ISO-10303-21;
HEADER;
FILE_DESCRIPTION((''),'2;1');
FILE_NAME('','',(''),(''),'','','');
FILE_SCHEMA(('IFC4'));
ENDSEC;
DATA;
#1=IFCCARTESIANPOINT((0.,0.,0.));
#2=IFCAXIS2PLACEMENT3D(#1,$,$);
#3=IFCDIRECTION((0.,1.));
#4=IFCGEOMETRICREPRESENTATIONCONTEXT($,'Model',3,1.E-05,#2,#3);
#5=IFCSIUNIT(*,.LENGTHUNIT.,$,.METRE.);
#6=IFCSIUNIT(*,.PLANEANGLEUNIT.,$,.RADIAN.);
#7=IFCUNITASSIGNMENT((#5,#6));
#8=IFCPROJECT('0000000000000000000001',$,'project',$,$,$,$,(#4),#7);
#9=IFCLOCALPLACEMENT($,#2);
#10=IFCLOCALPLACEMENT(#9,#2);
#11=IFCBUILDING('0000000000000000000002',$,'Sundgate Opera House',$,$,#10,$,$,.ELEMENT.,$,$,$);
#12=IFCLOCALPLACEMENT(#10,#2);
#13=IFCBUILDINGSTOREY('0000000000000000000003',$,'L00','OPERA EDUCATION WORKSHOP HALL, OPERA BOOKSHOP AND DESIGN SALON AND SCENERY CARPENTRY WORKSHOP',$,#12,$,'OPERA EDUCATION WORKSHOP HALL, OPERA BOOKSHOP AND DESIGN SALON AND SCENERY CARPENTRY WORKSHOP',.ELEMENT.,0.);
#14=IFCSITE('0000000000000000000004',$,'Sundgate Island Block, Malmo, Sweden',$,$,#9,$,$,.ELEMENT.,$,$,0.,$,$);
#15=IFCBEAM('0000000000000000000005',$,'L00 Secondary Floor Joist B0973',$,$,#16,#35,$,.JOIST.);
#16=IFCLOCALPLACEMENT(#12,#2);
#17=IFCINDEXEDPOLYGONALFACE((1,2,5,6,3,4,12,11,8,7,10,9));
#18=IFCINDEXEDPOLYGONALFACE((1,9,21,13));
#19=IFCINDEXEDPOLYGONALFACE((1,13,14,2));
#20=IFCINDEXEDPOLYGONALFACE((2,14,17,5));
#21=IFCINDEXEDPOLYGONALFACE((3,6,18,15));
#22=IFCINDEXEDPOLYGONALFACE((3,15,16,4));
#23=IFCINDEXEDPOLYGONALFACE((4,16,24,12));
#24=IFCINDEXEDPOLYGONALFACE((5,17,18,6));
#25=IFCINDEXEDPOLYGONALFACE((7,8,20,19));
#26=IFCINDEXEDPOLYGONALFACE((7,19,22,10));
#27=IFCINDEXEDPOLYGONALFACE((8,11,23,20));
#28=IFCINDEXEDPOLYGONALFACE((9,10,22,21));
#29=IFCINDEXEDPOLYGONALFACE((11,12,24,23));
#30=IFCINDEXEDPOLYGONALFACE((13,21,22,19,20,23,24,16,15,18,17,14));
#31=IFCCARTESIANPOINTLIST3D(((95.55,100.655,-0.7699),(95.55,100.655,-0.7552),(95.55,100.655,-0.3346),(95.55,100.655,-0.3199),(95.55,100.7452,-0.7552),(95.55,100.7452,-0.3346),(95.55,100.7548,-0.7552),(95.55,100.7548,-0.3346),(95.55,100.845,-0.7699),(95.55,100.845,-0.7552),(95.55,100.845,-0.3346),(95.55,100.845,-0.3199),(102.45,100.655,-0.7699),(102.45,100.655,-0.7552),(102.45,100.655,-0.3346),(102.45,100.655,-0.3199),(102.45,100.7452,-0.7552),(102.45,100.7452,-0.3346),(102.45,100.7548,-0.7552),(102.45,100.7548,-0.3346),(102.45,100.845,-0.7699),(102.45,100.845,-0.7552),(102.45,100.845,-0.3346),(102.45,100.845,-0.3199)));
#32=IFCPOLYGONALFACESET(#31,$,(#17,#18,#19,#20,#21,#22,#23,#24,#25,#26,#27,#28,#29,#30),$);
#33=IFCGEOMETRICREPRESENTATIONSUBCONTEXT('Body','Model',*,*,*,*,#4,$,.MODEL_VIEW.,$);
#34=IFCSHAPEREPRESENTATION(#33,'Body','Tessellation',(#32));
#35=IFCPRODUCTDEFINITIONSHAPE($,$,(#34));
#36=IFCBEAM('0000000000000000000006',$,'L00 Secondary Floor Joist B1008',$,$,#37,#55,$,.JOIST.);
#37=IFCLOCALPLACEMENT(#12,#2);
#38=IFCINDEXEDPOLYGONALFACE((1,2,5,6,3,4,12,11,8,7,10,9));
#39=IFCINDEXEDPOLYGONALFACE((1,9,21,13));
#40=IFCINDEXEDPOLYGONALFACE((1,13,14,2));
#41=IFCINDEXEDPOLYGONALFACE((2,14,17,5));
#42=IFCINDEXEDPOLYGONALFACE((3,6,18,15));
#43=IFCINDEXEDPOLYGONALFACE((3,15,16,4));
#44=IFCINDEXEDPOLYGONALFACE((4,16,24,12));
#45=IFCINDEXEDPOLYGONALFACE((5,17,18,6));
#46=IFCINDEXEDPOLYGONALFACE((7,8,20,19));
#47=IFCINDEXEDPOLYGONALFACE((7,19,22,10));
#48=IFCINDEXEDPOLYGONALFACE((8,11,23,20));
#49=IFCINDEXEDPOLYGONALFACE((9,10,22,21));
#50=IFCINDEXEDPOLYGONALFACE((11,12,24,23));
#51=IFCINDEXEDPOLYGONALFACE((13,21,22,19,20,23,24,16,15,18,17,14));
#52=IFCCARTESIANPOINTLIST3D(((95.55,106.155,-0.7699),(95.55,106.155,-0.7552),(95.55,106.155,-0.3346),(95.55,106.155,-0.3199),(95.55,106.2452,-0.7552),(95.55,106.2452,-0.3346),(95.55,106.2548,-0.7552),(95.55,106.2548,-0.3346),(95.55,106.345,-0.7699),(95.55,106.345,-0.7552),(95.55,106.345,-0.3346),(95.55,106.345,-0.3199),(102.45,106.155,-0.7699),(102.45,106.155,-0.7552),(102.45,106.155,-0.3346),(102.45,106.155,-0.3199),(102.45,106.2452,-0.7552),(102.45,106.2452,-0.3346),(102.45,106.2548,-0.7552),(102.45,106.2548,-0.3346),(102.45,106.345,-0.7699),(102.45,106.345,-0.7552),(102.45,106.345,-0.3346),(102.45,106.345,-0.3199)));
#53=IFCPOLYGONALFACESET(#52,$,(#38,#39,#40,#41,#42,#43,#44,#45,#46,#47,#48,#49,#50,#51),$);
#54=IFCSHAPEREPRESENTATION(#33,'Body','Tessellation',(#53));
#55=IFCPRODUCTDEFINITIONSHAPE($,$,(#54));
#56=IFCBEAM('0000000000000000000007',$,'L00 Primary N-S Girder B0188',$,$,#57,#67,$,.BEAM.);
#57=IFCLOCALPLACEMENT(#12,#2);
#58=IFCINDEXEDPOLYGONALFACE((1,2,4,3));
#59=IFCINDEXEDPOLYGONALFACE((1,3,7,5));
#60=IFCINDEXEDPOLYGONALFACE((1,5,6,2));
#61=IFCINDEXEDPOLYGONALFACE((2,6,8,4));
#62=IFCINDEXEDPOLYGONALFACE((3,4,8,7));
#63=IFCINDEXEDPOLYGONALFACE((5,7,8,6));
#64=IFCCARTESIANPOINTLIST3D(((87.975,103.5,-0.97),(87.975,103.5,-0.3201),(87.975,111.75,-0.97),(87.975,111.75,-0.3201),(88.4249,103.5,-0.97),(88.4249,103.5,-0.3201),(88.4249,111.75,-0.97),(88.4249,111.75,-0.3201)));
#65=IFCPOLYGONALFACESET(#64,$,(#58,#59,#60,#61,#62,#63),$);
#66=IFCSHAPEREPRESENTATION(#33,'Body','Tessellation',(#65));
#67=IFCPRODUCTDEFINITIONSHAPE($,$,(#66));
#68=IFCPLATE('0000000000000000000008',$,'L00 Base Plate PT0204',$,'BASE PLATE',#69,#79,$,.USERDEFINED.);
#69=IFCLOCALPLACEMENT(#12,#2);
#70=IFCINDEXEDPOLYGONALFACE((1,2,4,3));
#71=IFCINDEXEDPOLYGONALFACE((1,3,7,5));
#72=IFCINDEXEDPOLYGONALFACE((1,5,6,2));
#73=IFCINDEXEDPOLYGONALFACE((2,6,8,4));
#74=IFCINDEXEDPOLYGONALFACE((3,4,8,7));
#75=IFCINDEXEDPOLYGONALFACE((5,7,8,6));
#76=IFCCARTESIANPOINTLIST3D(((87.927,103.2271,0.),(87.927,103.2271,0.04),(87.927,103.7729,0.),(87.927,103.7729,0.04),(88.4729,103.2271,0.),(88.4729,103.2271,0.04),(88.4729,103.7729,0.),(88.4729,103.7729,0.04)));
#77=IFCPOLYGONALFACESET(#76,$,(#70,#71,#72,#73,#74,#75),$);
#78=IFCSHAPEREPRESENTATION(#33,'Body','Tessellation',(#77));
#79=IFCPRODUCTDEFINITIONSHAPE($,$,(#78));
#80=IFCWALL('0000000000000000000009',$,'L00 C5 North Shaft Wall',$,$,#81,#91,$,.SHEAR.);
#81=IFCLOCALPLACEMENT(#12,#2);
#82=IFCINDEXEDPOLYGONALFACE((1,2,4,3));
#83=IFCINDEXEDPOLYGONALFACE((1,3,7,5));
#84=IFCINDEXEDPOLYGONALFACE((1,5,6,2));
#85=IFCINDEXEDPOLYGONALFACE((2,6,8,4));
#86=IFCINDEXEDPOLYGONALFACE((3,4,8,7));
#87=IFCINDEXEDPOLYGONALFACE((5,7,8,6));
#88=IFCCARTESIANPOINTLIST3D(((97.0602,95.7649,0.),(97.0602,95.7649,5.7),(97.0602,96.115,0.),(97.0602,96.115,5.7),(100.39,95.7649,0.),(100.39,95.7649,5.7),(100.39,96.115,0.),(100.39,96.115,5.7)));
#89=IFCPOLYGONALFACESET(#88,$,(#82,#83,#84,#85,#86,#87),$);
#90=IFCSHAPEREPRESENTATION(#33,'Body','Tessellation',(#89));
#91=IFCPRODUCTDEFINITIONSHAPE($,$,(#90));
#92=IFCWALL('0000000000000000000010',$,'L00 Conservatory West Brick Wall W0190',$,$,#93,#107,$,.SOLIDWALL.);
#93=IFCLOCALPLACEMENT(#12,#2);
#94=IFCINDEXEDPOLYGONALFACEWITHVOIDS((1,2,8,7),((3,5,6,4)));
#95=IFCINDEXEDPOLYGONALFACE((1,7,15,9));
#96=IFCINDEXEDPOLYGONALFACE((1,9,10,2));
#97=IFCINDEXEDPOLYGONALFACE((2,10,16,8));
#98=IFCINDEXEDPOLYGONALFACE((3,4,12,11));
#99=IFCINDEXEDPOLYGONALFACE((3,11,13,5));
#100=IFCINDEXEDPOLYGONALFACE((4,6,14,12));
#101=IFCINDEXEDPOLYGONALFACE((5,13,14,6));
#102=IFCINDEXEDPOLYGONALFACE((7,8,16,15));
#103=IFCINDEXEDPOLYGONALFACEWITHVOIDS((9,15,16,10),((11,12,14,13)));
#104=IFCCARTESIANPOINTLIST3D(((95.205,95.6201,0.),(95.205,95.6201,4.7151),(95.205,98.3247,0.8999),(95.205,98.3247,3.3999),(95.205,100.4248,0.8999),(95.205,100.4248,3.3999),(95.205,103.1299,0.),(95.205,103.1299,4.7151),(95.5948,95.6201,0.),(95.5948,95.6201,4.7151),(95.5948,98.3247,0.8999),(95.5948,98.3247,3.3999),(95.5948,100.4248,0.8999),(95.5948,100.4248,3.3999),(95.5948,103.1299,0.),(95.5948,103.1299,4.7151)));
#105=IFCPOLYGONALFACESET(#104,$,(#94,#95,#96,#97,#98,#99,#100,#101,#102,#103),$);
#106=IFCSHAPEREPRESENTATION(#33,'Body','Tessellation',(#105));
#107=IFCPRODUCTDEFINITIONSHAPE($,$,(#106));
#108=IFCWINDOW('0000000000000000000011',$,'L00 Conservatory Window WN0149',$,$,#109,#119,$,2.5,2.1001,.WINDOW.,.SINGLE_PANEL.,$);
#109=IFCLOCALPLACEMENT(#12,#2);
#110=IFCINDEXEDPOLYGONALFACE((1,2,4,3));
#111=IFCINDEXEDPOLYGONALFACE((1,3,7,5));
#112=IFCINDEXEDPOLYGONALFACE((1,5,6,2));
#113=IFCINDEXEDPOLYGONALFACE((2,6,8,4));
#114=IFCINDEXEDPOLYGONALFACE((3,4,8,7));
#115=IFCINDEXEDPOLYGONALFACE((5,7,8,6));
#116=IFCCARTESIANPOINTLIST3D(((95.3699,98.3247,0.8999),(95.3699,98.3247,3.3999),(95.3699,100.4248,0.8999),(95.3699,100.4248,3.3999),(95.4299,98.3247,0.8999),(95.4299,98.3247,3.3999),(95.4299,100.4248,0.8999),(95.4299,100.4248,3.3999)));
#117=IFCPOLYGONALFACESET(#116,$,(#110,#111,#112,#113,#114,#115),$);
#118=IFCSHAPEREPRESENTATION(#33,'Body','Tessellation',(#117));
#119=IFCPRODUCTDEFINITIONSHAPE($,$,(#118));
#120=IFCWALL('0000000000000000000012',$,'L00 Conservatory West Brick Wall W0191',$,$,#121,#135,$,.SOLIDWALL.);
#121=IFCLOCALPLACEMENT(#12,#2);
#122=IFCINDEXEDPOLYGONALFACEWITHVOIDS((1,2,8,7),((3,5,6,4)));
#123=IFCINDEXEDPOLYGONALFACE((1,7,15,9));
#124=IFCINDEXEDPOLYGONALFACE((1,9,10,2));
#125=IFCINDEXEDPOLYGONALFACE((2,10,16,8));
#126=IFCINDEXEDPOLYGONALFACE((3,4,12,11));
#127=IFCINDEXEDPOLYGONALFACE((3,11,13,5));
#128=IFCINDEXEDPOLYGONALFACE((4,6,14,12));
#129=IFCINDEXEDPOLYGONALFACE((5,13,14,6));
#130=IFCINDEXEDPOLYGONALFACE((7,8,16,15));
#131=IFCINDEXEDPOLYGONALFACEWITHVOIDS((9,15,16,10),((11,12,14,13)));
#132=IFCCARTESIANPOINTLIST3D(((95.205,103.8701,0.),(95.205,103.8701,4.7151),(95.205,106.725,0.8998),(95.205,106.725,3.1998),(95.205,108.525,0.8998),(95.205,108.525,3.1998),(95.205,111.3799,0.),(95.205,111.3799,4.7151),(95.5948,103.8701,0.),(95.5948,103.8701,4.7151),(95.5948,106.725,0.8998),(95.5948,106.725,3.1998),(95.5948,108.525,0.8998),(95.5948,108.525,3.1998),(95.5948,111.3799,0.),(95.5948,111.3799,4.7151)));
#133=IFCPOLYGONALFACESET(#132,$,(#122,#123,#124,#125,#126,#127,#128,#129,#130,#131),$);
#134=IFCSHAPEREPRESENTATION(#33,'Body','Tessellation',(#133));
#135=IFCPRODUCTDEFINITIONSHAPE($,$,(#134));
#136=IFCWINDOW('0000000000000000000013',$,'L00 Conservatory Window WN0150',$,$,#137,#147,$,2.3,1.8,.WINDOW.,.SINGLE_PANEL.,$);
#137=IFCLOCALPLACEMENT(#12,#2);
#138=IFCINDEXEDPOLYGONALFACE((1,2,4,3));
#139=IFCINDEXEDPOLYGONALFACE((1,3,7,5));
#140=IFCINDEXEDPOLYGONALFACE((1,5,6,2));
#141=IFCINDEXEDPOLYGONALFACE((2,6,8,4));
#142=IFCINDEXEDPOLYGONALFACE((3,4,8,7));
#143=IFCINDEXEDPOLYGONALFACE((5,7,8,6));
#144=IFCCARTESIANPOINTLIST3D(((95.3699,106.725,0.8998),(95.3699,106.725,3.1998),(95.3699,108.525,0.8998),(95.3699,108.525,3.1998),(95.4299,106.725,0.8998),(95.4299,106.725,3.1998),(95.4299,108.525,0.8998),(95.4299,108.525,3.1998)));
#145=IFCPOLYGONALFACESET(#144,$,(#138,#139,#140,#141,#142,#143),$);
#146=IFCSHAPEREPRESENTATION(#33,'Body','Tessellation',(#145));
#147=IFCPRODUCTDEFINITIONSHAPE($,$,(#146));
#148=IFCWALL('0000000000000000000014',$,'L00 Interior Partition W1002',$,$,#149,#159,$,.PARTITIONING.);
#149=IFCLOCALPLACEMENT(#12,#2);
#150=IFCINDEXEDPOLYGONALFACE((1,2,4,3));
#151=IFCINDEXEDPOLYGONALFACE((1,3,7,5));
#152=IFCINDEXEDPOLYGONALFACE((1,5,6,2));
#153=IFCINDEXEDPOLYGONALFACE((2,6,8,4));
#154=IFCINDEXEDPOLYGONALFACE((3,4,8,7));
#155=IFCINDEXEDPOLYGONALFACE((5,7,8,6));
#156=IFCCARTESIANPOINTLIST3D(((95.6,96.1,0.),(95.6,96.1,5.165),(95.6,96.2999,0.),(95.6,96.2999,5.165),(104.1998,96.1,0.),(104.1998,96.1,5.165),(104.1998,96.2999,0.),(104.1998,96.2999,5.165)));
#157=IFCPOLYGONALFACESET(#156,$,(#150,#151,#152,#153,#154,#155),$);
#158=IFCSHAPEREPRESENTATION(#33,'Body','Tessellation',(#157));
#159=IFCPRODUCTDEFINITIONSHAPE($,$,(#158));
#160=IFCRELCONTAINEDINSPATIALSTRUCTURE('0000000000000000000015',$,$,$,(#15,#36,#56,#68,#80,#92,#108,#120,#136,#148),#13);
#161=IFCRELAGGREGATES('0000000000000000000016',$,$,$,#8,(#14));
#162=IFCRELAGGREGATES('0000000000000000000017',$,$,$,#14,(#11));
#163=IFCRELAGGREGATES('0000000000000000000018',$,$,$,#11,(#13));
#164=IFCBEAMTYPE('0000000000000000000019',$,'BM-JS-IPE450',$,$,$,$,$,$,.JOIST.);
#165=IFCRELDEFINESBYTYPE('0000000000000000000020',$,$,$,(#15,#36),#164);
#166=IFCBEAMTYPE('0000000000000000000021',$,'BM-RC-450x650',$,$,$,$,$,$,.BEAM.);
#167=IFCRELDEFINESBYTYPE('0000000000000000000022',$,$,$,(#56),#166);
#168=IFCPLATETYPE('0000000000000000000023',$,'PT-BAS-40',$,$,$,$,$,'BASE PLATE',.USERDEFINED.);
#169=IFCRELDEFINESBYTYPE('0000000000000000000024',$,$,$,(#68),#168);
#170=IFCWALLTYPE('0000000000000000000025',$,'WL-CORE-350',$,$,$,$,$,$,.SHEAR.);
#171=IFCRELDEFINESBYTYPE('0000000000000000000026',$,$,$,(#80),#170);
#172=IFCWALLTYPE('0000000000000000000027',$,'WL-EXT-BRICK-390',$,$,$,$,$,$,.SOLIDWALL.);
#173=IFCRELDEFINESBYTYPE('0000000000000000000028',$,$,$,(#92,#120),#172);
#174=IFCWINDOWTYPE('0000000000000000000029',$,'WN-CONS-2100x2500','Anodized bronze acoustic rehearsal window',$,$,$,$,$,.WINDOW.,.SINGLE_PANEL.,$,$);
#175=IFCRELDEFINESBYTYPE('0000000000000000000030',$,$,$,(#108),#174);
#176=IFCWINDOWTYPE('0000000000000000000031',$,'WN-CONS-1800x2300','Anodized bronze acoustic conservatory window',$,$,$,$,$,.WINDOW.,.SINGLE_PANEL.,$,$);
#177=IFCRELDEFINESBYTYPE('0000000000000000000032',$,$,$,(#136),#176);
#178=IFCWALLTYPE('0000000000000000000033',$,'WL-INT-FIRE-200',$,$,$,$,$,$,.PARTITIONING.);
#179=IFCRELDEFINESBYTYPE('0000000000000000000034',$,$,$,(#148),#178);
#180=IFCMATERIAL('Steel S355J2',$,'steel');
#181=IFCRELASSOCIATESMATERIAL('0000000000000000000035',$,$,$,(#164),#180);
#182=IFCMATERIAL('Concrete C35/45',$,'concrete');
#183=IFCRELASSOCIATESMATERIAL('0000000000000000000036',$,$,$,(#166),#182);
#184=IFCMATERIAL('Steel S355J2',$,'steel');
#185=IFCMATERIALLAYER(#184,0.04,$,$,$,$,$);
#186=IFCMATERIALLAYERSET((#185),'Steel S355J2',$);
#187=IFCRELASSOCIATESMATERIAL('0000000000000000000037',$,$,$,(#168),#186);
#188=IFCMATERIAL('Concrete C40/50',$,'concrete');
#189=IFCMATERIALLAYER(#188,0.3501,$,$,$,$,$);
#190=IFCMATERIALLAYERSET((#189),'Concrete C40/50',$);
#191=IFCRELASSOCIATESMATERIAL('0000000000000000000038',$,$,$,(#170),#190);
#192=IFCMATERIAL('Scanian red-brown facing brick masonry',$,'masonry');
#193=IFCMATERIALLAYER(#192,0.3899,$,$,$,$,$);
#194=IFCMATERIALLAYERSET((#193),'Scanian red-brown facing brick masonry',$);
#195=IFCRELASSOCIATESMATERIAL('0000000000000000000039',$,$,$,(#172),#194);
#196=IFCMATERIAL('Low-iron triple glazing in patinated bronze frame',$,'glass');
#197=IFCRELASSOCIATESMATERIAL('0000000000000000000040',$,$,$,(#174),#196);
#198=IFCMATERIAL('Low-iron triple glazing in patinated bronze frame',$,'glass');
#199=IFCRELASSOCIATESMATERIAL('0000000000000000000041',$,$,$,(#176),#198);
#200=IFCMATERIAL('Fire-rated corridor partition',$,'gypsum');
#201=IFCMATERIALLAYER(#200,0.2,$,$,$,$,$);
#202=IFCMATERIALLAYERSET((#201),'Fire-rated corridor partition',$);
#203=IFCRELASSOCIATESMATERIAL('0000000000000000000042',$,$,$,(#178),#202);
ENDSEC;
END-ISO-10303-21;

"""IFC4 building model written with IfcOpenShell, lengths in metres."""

from ifc_helpers import new_model, si_unit, direction, frame, frame_2d, origin, origin_2d, place, context, subcontext, project, spatial, rectangle, i_section, extrude, material, layer, layer_set, material_profile, profile_set, type_object, element, fill, save


model = new_model("IFC4")

# Units and contexts
model_context = context("Model", 3, precision=1e-05, world=origin(), true_north=direction((0.0, 1.0)))
body_context = subcontext(model_context, "Body", "Model", "MODEL_VIEW")
ifc_project = project(units=[si_unit("LENGTHUNIT", "METRE"), si_unit("PLANEANGLEUNIT", "RADIAN")], contexts=[model_context])

# Site, building, storey
site_placement = place(None, origin())
site = spatial("IfcSite", under=ifc_project, at=site_placement, Name="Sundgate Island Block, Malmo, Sweden", CompositionType="ELEMENT", RefElevation=0.0)
building_placement = place(site_placement, origin())
building = spatial("IfcBuilding", under=site, at=building_placement, Name="Sundgate Opera House", CompositionType="ELEMENT")
storey_placement = place(building_placement, origin())
storey = spatial("IfcBuildingStorey", under=building, at=storey_placement, Name="L00", Description="OPERA EDUCATION WORKSHOP HALL, OPERA BOOKSHOP AND DESIGN SALON AND SCENERY CARPENTRY WORKSHOP", LongName="OPERA EDUCATION WORKSHOP HALL, OPERA BOOKSHOP AND DESIGN SALON AND SCENERY CARPENTRY WORKSHOP", CompositionType="ELEMENT", Elevation=0.0)

# Beams
ifc_material_1 = material(Name="Steel S355J2", Category="steel")
ifc_material_profile_1 = material_profile(ifc_material_1, i_section(OverallWidth=0.1899, OverallDepth=0.45, WebThickness=0.0095, FlangeThickness=0.0146, at=origin_2d()), Name="IPE 450")
ifc_profile_set_1 = profile_set([ifc_material_profile_1], Name="Steel S355J2")
beam_type_1 = type_object("IfcBeamType", Name="BM-JS-IPE450", PredefinedType="JOIST", material=ifc_profile_set_1)
for number, where, z_axis, x_axis, name in (
    (1, (95.55, 100.75, -0.5449), (1.0, 0.0, 0.0), (0.0, 1.0, 0.0), "L00 Secondary Floor Joist B0973"),
    (2, (95.55, 106.25, -0.5449), (1.0, 0.0, 0.0), (0.0, 1.0, 0.0), "L00 Secondary Floor Joist B1008"),
):
    element("IfcBeam", number, at=place(storey_placement, frame(where, z_axis=z_axis, x_axis=x_axis)), inside=storey, type_object=beam_type_1, Name=name, PredefinedType="JOIST", context=body_context, shape_type="SweptSolid", body=[
        extrude(i_section(OverallWidth=0.1899, OverallDepth=0.45, WebThickness=0.0095, FlangeThickness=0.0146, at=origin_2d()), origin(), (0.0, 0.0, 1.0), 6.8999),
    ])
ifc_material_2 = material(Name="Concrete C35/45", Category="concrete")
ifc_material_profile_2 = material_profile(ifc_material_2, rectangle(XDim=0.45, YDim=0.6499, at=origin_2d()), Name="RC 450x650")
ifc_profile_set_2 = profile_set([ifc_material_profile_2], Name="Concrete C35/45")
beam_type_2 = type_object("IfcBeamType", Name="BM-RC-450x650", PredefinedType="BEAM", material=ifc_profile_set_2)
beam_1_placement = place(storey_placement, frame((88.2, 103.5, -0.645), z_axis=(0.0, 1.0, 0.0), x_axis=(-1.0, 0.0, 0.0)))
element("IfcBeam", 3, at=beam_1_placement, inside=storey, type_object=beam_type_2, Name="L00 Primary N-S Girder B0188", PredefinedType="BEAM", context=body_context, shape_type="SweptSolid", body=[
    extrude(rectangle(XDim=0.45, YDim=0.6499, at=origin_2d()), origin(), (0.0, 0.0, 1.0), 8.25),
])

# Plate
ifc_material_3 = material(Name="Steel S355J2", Category="steel")
ifc_layer_1 = layer(ifc_material_3, 0.04)
ifc_layer_set_1 = layer_set([ifc_layer_1], Name="Steel S355J2")
plate_type = type_object("IfcPlateType", Name="PT-BAS-40", ElementType="BASE PLATE", PredefinedType="USERDEFINED", material=ifc_layer_set_1)
plate_placement = place(storey_placement, frame((88.2, 103.5, 0.0), z_axis=(0.0, 0.0, 1.0), x_axis=(1.0, 0.0, 0.0)))
element("IfcPlate", 4, at=plate_placement, inside=storey, type_object=plate_type, Name="L00 Base Plate PT0204", ObjectType="BASE PLATE", PredefinedType="USERDEFINED", context=body_context, shape_type="SweptSolid", body=[
    extrude(rectangle(XDim=0.5459, YDim=0.5459, at=origin_2d()), origin(), (0.0, 0.0, 1.0), 0.04),
])

# Wall
ifc_material_4 = material(Name="Concrete C40/50", Category="concrete")
ifc_layer_2 = layer(ifc_material_4, 0.3501)
ifc_layer_set_2 = layer_set([ifc_layer_2], Name="Concrete C40/50")
wall_type_1 = type_object("IfcWallType", Name="WL-CORE-350", PredefinedType="SHEAR", material=ifc_layer_set_2)
wall_1_placement = place(storey_placement, frame((97.0601, 95.9399, 0.0), z_axis=(0.0, 0.0, 1.0), x_axis=(1.0, 0.0, 0.0)))
element("IfcWall", 5, at=wall_1_placement, inside=storey, type_object=wall_type_1, Name="L00 C5 North Shaft Wall", PredefinedType="SHEAR", context=body_context, shape_type="SweptSolid", body=[
    extrude(rectangle(XDim=3.3298, YDim=0.3501, at=frame_2d((1.665, 0.0))), origin(), (0.0, 0.0, 1.0), 5.7),
])

# Walls, openings, windows
ifc_material_5 = material(Name="Scanian red-brown facing brick masonry", Category="masonry")
ifc_layer_3 = layer(ifc_material_5, 0.3899)
ifc_layer_set_3 = layer_set([ifc_layer_3], Name="Scanian red-brown facing brick masonry")
wall_type_2 = type_object("IfcWallType", Name="WL-EXT-BRICK-390", PredefinedType="SOLIDWALL", material=ifc_layer_set_3)
wall_2_placement = place(storey_placement, frame((95.3999, 103.1299, 0.0), z_axis=(0.0, 0.0, 1.0), x_axis=(0.0, -1.0, 0.0)))
wall_2 = element("IfcWall", 6, at=wall_2_placement, inside=storey, type_object=wall_type_2, Name="L00 Conservatory West Brick Wall W0190", PredefinedType="SOLIDWALL", context=body_context, shape_type="SweptSolid", body=[
    extrude(rectangle(XDim=7.5098, YDim=0.3899, at=frame_2d((3.7549, 0.0))), origin(), (0.0, 0.0, 1.0), 4.7151),
])
opening_1_placement = place(wall_2_placement, frame((2.7051, 0.0, 0.8999)))
opening_1 = element("IfcOpeningElement", 7, at=opening_1_placement, cuts=wall_2, PredefinedType="OPENING", context=body_context, shape_type="SweptSolid", body=[
    extrude(rectangle(XDim=2.1001, YDim=2.5, at=frame_2d((1.05, 1.25))), frame((0.0, 0.2048, 0.0), z_axis=(0.0, -1.0, 0.0), x_axis=(1.0, 0.0, 0.0)), (0.0, 0.0, 1.0), 0.4099),
])
ifc_material_6 = material(Name="Low-iron triple glazing in patinated bronze frame", Category="glass")
window_type_1 = type_object("IfcWindowType", Name="WN-CONS-2100x2500", Description="Anodized bronze acoustic rehearsal window", PartitioningType="SINGLE_PANEL", PredefinedType="WINDOW", material=ifc_material_6)
window_1_placement = place(opening_1_placement, origin())
window_1 = element("IfcWindow", 8, at=window_1_placement, inside=storey, type_object=window_type_1, Name="L00 Conservatory Window WN0149", OverallHeight=2.5, OverallWidth=2.1001, PartitioningType="SINGLE_PANEL", PredefinedType="WINDOW", context=body_context, shape_type="SweptSolid", body=[
    extrude(rectangle(XDim=2.1001, YDim=2.5, at=frame_2d((1.05, 1.25))), frame((0.0, 0.03, 0.0), z_axis=(0.0, -1.0, 0.0), x_axis=(1.0, 0.0, 0.0)), (0.0, 0.0, 1.0), 0.0601),
])
fill(opening_1, window_1)
wall_3_placement = place(storey_placement, frame((95.3999, 111.3799, 0.0), z_axis=(0.0, 0.0, 1.0), x_axis=(0.0, -1.0, 0.0)))
wall_3 = element("IfcWall", 9, at=wall_3_placement, inside=storey, type_object=wall_type_2, Name="L00 Conservatory West Brick Wall W0191", PredefinedType="SOLIDWALL", context=body_context, shape_type="SweptSolid", body=[
    extrude(rectangle(XDim=7.5098, YDim=0.3899, at=frame_2d((3.7549, 0.0))), origin(), (0.0, 0.0, 1.0), 4.7151),
])
opening_2_placement = place(wall_3_placement, frame((2.855, 0.0, 0.8999)))
opening_2 = element("IfcOpeningElement", 10, at=opening_2_placement, cuts=wall_3, PredefinedType="OPENING", context=body_context, shape_type="SweptSolid", body=[
    extrude(rectangle(XDim=1.8, YDim=2.3, at=frame_2d((0.8999, 1.1499))), frame((0.0, 0.2048, 0.0), z_axis=(0.0, -1.0, 0.0), x_axis=(1.0, 0.0, 0.0)), (0.0, 0.0, 1.0), 0.4099),
])
ifc_material_7 = material(Name="Low-iron triple glazing in patinated bronze frame", Category="glass")
window_type_2 = type_object("IfcWindowType", Name="WN-CONS-1800x2300", Description="Anodized bronze acoustic conservatory window", PartitioningType="SINGLE_PANEL", PredefinedType="WINDOW", material=ifc_material_7)
window_2_placement = place(opening_2_placement, origin())
window_2 = element("IfcWindow", 11, at=window_2_placement, inside=storey, type_object=window_type_2, Name="L00 Conservatory Window WN0150", OverallHeight=2.3, OverallWidth=1.8, PartitioningType="SINGLE_PANEL", PredefinedType="WINDOW", context=body_context, shape_type="SweptSolid", body=[
    extrude(rectangle(XDim=1.8, YDim=2.3, at=frame_2d((0.8999, 1.1499))), frame((0.0, 0.03, 0.0), z_axis=(0.0, -1.0, 0.0), x_axis=(1.0, 0.0, 0.0)), (0.0, 0.0, 1.0), 0.0601),
])
fill(opening_2, window_2)

# Wall
ifc_material_8 = material(Name="Fire-rated corridor partition", Category="gypsum")
ifc_layer_4 = layer(ifc_material_8, 0.2)
ifc_layer_set_4 = layer_set([ifc_layer_4], Name="Fire-rated corridor partition")
wall_type_3 = type_object("IfcWallType", Name="WL-INT-FIRE-200", PredefinedType="PARTITIONING", material=ifc_layer_set_4)
wall_4_placement = place(storey_placement, frame((95.6001, 96.2, 0.0), z_axis=(0.0, 0.0, 1.0), x_axis=(1.0, 0.0, 0.0)))
element("IfcWall", 12, at=wall_4_placement, inside=storey, type_object=wall_type_3, Name="L00 Interior Partition W1002", PredefinedType="PARTITIONING", context=body_context, shape_type="SweptSolid", body=[
    extrude(rectangle(XDim=8.5999, YDim=0.2, at=frame_2d((4.2998, 0.0))), origin(), (0.0, 0.0, 1.0), 5.165),
])

save(model, "model.ifc")
